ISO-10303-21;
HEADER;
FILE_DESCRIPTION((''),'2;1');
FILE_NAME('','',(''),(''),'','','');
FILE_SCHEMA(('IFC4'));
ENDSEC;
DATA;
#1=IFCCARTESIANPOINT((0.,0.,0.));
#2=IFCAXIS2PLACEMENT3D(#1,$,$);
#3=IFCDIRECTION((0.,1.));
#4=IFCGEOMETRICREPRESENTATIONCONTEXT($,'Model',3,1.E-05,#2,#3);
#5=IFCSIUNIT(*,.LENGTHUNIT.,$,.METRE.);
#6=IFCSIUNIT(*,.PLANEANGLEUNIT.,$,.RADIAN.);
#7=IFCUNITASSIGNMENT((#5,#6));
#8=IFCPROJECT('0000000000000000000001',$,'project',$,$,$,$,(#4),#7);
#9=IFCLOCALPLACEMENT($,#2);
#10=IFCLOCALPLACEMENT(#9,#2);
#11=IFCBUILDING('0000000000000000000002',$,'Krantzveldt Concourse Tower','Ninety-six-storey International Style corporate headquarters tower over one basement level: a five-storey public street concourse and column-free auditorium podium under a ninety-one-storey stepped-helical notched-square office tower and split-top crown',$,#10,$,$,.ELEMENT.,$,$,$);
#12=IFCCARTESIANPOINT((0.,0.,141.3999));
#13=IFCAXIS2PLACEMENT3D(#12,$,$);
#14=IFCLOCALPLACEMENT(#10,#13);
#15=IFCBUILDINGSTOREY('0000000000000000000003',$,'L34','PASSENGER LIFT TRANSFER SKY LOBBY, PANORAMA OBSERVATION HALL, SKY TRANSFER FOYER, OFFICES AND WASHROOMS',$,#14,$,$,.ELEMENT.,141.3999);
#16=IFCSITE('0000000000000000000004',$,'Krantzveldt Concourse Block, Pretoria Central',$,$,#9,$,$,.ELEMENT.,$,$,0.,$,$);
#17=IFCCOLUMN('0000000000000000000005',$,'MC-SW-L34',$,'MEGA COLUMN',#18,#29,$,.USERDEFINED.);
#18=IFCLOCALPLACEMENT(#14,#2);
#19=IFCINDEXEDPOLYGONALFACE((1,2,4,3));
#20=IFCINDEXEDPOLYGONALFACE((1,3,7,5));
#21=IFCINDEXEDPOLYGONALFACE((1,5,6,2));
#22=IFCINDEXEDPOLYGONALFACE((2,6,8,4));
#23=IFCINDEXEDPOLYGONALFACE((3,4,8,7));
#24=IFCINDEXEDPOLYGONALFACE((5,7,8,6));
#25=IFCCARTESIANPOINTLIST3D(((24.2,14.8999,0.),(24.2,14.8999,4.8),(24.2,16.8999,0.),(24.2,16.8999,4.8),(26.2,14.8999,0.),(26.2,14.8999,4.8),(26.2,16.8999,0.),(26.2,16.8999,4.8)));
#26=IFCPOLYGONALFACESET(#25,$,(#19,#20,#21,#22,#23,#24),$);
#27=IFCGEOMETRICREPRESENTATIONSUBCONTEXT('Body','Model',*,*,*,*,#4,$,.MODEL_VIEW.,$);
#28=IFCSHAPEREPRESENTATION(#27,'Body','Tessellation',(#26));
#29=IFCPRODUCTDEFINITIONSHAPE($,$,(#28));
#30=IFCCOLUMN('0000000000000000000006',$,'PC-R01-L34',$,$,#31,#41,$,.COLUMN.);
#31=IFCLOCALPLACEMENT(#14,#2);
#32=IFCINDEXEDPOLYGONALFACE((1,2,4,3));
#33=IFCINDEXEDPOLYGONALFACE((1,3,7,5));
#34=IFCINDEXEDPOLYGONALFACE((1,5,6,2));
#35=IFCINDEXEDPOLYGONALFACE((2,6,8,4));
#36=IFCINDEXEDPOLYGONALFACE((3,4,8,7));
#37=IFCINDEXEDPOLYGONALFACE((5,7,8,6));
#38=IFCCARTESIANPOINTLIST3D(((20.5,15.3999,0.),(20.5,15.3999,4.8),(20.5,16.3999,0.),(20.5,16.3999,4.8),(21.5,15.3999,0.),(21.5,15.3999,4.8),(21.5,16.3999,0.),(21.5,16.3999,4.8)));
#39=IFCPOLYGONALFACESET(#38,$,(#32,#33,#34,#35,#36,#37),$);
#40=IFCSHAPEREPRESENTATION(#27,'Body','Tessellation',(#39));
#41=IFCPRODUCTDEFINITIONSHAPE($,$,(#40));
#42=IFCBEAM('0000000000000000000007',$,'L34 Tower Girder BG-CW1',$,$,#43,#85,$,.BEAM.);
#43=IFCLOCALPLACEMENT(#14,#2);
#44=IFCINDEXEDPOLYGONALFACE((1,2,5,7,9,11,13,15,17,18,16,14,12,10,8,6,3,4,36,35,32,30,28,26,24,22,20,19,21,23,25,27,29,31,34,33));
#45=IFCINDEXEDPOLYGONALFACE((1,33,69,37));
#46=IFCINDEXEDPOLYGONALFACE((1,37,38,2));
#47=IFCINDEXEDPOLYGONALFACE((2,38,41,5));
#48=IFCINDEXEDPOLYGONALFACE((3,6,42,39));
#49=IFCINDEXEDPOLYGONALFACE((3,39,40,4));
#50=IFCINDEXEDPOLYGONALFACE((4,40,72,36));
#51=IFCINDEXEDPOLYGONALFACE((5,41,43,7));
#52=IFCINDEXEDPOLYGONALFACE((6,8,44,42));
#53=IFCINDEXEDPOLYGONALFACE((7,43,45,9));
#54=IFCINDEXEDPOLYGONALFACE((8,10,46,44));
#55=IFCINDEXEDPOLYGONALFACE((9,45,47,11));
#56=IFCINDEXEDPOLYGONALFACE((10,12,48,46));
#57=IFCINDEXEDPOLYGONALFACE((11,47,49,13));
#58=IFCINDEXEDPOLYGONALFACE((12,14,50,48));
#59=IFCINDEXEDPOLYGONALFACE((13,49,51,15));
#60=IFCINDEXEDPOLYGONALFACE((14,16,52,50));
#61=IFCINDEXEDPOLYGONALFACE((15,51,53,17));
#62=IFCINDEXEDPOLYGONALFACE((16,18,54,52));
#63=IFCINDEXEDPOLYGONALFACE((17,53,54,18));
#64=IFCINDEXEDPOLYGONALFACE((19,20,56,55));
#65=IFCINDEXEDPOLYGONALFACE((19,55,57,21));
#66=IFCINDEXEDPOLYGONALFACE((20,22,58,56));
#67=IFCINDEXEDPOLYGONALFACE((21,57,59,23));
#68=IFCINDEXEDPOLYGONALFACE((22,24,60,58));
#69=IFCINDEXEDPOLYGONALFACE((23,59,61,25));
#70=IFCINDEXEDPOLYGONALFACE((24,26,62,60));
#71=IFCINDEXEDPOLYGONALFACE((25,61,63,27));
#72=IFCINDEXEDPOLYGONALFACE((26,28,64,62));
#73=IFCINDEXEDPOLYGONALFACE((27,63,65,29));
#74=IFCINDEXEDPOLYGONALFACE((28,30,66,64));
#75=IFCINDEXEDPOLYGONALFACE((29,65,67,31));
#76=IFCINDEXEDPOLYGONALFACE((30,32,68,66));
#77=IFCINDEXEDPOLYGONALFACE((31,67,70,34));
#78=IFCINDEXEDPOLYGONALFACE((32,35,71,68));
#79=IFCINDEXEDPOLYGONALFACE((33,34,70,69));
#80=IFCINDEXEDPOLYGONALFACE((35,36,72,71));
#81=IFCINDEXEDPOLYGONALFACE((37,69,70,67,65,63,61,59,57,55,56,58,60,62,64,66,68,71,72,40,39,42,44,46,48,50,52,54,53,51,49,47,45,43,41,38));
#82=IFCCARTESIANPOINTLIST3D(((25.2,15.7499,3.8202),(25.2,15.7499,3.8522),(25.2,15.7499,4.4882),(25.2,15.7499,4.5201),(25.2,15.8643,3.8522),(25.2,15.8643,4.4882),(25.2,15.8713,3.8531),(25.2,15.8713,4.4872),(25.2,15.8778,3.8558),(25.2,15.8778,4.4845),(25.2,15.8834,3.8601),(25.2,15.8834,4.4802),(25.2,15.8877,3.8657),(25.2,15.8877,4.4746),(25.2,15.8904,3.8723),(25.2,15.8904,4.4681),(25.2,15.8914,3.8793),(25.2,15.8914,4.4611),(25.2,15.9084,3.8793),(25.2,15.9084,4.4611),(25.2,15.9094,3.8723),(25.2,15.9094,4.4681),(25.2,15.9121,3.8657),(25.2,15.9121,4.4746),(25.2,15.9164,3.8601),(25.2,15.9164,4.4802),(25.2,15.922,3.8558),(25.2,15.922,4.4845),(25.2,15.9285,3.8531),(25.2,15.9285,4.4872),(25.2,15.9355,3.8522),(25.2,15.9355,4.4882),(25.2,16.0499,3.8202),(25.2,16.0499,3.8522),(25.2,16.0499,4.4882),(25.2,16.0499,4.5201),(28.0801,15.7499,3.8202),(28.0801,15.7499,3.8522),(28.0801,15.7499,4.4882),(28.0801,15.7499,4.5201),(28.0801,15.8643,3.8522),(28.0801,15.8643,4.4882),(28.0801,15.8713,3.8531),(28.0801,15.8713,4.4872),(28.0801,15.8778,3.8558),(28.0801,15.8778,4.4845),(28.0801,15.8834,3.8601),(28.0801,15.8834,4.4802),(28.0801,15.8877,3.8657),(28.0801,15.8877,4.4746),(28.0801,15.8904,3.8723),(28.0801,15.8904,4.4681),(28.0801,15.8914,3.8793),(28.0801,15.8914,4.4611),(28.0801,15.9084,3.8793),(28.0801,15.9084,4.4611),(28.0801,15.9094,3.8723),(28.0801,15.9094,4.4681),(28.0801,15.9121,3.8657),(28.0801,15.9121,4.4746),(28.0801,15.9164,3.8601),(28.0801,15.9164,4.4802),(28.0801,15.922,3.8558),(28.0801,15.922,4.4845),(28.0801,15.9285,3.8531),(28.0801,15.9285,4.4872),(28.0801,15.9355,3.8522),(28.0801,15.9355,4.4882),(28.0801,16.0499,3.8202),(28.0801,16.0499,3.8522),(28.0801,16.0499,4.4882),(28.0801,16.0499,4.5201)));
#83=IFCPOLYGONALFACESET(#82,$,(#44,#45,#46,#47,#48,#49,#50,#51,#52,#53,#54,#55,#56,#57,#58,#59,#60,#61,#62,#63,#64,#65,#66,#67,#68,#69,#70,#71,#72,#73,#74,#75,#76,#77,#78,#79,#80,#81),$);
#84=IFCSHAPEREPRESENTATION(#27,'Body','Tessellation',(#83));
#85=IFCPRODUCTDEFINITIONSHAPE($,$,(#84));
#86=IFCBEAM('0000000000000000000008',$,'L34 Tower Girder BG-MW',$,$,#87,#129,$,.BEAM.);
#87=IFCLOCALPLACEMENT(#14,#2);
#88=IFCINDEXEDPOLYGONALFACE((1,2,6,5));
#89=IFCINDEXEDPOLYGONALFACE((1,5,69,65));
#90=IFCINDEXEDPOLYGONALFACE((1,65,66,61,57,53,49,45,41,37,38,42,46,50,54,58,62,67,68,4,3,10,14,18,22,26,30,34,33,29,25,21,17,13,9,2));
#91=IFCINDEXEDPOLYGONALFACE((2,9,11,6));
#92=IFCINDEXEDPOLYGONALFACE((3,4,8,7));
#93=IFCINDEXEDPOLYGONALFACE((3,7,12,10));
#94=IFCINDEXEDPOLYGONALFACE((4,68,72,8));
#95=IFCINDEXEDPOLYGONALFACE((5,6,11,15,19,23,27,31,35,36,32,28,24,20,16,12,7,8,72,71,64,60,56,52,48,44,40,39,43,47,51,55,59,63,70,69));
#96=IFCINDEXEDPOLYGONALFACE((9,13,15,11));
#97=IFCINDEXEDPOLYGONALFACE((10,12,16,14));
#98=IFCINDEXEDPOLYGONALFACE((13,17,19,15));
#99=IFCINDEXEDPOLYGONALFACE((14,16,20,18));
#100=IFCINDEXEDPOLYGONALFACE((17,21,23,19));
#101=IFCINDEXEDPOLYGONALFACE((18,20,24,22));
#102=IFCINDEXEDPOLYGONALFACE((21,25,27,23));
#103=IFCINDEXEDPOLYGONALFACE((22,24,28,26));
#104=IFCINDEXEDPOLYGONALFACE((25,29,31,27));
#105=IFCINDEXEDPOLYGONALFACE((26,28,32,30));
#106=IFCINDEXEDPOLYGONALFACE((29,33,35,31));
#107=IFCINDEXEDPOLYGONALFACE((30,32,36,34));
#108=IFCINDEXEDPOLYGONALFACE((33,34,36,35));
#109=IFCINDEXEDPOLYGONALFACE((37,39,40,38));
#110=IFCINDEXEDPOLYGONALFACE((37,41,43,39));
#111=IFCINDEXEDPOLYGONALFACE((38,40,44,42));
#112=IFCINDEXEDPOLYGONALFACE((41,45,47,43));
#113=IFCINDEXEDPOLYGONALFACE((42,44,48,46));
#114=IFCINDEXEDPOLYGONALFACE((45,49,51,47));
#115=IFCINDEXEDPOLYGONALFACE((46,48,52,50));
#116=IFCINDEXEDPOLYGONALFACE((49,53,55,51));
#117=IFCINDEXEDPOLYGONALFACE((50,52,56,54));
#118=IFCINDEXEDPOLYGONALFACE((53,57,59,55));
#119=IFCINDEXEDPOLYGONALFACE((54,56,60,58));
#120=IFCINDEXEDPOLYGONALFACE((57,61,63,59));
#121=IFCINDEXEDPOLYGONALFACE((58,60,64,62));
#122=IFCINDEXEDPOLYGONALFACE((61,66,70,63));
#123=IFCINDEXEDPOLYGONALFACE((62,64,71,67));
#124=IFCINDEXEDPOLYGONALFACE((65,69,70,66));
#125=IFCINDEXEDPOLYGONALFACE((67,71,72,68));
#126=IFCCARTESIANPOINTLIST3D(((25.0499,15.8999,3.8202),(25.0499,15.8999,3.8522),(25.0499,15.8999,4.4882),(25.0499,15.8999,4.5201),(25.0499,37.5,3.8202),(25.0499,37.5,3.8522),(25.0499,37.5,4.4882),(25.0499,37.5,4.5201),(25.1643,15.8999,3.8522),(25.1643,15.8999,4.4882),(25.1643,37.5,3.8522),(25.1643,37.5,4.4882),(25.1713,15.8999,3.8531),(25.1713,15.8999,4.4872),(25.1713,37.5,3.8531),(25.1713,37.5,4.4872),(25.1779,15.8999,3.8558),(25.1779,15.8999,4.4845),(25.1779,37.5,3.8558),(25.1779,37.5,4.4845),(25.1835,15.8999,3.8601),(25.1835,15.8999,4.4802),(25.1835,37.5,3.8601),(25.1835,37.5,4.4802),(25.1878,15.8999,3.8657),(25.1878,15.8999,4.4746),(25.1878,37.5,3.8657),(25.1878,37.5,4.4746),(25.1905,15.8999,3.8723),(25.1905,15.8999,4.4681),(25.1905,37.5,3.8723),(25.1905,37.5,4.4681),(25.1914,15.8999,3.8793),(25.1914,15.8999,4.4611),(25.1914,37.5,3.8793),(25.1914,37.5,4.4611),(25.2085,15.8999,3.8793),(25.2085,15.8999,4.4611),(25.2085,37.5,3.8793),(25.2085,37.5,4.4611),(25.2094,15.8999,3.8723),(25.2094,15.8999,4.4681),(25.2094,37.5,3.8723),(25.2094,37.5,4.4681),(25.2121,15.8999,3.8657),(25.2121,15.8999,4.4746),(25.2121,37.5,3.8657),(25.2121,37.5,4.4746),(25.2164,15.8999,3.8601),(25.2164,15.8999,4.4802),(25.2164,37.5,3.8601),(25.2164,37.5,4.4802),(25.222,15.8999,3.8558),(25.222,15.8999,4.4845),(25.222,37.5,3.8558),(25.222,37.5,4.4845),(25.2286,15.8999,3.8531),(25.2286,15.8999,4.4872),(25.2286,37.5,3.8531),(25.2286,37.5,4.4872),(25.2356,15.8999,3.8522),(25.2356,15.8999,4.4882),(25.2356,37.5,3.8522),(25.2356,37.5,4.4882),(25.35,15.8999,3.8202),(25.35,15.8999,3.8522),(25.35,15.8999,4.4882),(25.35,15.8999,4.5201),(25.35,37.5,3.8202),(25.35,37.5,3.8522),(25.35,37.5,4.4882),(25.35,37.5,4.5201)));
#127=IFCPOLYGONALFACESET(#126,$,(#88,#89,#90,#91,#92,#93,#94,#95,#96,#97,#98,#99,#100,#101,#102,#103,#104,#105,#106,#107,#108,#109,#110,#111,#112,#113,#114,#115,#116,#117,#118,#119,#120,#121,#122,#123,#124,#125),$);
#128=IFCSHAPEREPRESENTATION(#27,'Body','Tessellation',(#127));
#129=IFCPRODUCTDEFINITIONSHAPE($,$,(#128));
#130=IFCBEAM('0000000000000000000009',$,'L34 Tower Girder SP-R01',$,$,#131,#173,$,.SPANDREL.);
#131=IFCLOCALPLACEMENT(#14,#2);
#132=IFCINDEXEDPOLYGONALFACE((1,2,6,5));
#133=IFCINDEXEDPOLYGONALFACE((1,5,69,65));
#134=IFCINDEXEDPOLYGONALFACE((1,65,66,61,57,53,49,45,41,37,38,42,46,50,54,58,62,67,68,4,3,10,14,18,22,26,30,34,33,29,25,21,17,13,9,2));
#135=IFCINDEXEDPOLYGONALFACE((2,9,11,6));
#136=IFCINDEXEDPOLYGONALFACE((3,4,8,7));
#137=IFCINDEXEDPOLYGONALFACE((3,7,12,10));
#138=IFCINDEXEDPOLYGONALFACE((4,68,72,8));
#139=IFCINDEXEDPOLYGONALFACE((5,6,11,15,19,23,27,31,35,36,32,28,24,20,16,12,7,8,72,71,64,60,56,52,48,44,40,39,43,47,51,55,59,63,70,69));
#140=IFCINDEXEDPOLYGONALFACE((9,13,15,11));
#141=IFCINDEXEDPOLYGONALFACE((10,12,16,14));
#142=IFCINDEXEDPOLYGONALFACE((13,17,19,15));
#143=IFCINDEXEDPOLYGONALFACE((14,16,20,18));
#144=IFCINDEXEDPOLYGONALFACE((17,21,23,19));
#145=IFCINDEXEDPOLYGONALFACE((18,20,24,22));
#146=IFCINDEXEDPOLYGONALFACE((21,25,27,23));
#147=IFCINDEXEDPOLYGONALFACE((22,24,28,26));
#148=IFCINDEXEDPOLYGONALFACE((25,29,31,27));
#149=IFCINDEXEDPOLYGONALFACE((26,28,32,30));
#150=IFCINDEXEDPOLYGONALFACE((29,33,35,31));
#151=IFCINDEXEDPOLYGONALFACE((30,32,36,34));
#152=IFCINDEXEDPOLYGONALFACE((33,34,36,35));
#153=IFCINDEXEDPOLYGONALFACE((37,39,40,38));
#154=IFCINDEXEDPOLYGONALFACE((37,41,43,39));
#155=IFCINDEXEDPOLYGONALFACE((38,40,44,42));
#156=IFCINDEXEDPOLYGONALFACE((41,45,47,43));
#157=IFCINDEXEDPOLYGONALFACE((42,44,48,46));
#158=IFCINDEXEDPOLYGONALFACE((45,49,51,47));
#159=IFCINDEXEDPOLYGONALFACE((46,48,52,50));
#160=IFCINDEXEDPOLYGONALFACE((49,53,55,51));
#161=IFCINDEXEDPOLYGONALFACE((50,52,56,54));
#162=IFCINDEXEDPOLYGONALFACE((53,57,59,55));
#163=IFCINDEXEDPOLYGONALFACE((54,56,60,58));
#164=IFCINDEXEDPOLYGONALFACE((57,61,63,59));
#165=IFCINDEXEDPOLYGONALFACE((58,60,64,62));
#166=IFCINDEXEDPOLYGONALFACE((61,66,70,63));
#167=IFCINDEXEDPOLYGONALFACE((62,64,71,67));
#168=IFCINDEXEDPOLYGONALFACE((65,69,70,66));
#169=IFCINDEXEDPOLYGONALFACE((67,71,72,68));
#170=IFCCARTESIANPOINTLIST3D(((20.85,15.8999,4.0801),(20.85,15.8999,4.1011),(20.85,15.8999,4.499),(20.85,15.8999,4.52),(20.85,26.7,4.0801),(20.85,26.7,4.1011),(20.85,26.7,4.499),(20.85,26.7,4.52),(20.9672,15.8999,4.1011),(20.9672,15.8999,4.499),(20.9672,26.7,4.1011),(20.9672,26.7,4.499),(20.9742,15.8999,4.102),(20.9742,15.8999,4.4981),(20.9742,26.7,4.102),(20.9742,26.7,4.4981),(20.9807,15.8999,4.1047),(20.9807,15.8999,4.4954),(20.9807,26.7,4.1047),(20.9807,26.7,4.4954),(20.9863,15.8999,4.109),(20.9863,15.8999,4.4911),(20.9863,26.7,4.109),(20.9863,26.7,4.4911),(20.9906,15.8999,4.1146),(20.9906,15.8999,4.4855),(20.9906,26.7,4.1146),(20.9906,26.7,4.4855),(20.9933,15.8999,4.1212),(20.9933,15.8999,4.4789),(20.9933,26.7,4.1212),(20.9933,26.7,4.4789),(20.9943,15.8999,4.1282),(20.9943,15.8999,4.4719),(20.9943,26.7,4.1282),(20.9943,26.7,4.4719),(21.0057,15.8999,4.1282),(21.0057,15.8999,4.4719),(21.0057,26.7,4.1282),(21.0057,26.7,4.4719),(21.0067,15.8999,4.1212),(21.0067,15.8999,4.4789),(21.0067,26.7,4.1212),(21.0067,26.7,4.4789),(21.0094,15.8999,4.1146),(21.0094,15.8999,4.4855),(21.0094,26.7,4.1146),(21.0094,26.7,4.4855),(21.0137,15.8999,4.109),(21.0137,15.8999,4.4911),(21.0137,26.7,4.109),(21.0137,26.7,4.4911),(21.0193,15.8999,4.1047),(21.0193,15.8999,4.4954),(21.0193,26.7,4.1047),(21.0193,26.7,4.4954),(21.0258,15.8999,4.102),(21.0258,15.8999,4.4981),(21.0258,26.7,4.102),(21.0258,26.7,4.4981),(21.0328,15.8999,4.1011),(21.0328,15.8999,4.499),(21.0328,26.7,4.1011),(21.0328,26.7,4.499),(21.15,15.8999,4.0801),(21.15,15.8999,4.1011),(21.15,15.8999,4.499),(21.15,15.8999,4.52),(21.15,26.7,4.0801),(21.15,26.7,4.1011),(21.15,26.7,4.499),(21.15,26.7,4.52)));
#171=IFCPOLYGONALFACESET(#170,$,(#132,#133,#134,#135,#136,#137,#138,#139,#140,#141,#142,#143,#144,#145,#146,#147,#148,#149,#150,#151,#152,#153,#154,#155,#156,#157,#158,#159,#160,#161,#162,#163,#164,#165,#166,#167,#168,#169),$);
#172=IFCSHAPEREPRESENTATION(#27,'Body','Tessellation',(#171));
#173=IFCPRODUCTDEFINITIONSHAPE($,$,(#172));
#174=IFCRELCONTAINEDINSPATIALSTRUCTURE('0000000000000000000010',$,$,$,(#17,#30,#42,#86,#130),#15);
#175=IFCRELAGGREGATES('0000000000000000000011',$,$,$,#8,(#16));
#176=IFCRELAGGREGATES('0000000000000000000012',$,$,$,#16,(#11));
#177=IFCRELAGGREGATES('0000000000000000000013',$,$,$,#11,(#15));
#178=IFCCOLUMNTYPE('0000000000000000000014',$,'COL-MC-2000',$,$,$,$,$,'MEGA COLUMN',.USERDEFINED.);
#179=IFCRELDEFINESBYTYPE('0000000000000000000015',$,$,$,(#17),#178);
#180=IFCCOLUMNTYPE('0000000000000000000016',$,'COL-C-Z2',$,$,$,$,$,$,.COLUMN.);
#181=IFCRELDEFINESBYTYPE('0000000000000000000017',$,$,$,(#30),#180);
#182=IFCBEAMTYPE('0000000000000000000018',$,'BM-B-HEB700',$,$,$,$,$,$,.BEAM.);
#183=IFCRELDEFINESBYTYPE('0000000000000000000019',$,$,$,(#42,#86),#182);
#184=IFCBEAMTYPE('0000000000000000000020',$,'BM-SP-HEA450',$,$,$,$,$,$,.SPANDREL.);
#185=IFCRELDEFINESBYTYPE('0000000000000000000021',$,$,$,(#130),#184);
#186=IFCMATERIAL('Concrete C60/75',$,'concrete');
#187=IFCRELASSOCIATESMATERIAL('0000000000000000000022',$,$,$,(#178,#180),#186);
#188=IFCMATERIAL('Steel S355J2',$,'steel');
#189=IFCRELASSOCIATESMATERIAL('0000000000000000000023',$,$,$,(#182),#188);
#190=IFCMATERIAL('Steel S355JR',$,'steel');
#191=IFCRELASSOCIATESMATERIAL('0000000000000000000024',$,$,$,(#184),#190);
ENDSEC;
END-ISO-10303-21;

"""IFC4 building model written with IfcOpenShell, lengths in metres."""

from ifc_helpers import new_model, si_unit, direction, frame, origin, origin_2d, place, context, subcontext, project, spatial, rectangle, i_section, extrude, source, transform, mapped, material, material_profile, profile_set, type_object, type_shapes, element, save


model = new_model("IFC4")

# Units and contexts
model_context = context("Model", 3, precision=1e-05, world=origin(), true_north=direction((0.0, 1.0)))
body_context = subcontext(model_context, "Body", "Model", "MODEL_VIEW")
ifc_project = project(units=[si_unit("LENGTHUNIT", "METRE"), si_unit("PLANEANGLEUNIT", "RADIAN")], contexts=[model_context])

# Site, building, storey
site_placement = place(None, origin())
site = spatial("IfcSite", under=ifc_project, at=site_placement, Name="Krantzveldt Concourse Block, Pretoria Central", CompositionType="ELEMENT", RefElevation=0.0)
building_placement = place(site_placement, origin())
building = spatial("IfcBuilding", under=site, at=building_placement, Name="Krantzveldt Concourse Tower", Description="Ninety-six-storey International Style corporate headquarters tower over one basement level: a five-storey public street concourse and column-free auditorium podium under a ninety-one-storey stepped-helical notched-square office tower and split-top crown", CompositionType="ELEMENT")
storey_placement = place(building_placement, frame((0.0, 0.0, 141.3999)))
storey = spatial("IfcBuildingStorey", under=building, at=storey_placement, Name="L34", Description="PASSENGER LIFT TRANSFER SKY LOBBY, PANORAMA OBSERVATION HALL, SKY TRANSFER FOYER, OFFICES AND WASHROOMS", CompositionType="ELEMENT", Elevation=141.3999)

# Columns
ifc_material_1 = material(Name="Concrete C60/75", Category="concrete")
ifc_material_profile_1 = material_profile(ifc_material_1, rectangle(XDim=2.0, YDim=2.0, at=origin_2d()), Name="Concrete C60/75", Category="concrete")
ifc_profile_set_1 = profile_set([ifc_material_profile_1], Name="Concrete C60/75 - RC 2000x2000")
column_type_1 = type_object("IfcColumnType", Name="COL-MC-2000", ElementType="MEGA COLUMN", PredefinedType="USERDEFINED", material=ifc_profile_set_1)
shared_shape_1 = source(origin(), body_context, "Body", "SweptSolid", [
    extrude(rectangle(XDim=2.0, YDim=2.0, at=origin_2d()), origin(), (0.0, 0.0, 1.0), 4.8),
])
type_shapes(column_type_1, [shared_shape_1])
column_1_placement = place(storey_placement, frame((25.2, 15.8999, 0.0), z_axis=(0.0, 0.0, 1.0), x_axis=(1.0, 0.0, 0.0)))
element("IfcColumn", 1, at=column_1_placement, inside=storey, type_object=column_type_1, Name="MC-SW-L34", ObjectType="MEGA COLUMN", PredefinedType="USERDEFINED", context=body_context, shape_type="MappedRepresentation", body=[
    mapped(shared_shape_1, transform((0.0, 0.0, 0.0), x_axis=(1.0, 0.0, 0.0), y_axis=(0.0, 1.0, 0.0), z_axis=(0.0, 0.0, 1.0), scale=1.0)),
])
ifc_material_profile_2 = material_profile(ifc_material_1, rectangle(XDim=1.0, YDim=1.0, at=origin_2d()), Name="Concrete C60/75", Category="concrete")
ifc_profile_set_2 = profile_set([ifc_material_profile_2], Name="Concrete C60/75 - RC 1000x1000")
column_type_2 = type_object("IfcColumnType", Name="COL-C-Z2", PredefinedType="COLUMN", material=ifc_profile_set_2)
shared_shape_2 = source(origin(), body_context, "Body", "SweptSolid", [
    extrude(rectangle(XDim=1.0, YDim=1.0, at=origin_2d()), origin(), (0.0, 0.0, 1.0), 4.8),
])
type_shapes(column_type_2, [shared_shape_2])
column_2_placement = place(storey_placement, frame((21.0, 15.8999, 0.0), z_axis=(0.0, 0.0, 1.0), x_axis=(1.0, 0.0, 0.0)))
element("IfcColumn", 2, at=column_2_placement, inside=storey, type_object=column_type_2, Name="PC-R01-L34", PredefinedType="COLUMN", context=body_context, shape_type="MappedRepresentation", body=[
    mapped(shared_shape_2, transform((0.0, 0.0, 0.0), x_axis=(1.0, 0.0, 0.0), y_axis=(0.0, 1.0, 0.0), z_axis=(0.0, 0.0, 1.0), scale=1.0)),
])

# Beams
ifc_material_2 = material(Name="Steel S355J2", Category="steel")
ifc_material_profile_3 = material_profile(ifc_material_2, i_section(OverallWidth=0.3, OverallDepth=0.7, WebThickness=0.0171, FlangeThickness=0.032, FilletRadius=0.0271, at=origin_2d()), Name="Steel S355J2", Category="steel")
ifc_profile_set_3 = profile_set([ifc_material_profile_3], Name="Steel S355J2 - HEB 700")
beam_type_1 = type_object("IfcBeamType", Name="BM-B-HEB700", PredefinedType="BEAM", material=ifc_profile_set_3)
shared_shape_3 = source(origin(), body_context, "Body", "SweptSolid", [
    extrude(i_section(OverallWidth=0.3, OverallDepth=0.7, WebThickness=0.0171, FlangeThickness=0.032, FilletRadius=0.0271, at=origin_2d()), origin(), (0.0, 0.0, 1.0), 2.8801),
])
beam_1_placement = place(storey_placement, frame((25.2, 15.8999, 4.1702), z_axis=(1.0, 0.0, 0.0), x_axis=(0.0, 1.0, 0.0)))
element("IfcBeam", 3, at=beam_1_placement, inside=storey, type_object=beam_type_1, Name="L34 Tower Girder BG-CW1", PredefinedType="BEAM", context=body_context, shape_type="MappedRepresentation", body=[
    mapped(shared_shape_3, transform((0.0, 0.0, 0.0), x_axis=(1.0, 0.0, 0.0), y_axis=(0.0, 1.0, 0.0), z_axis=(0.0, 0.0, 1.0), scale=1.0)),
])
shared_shape_4 = source(origin(), body_context, "Body", "SweptSolid", [
    extrude(i_section(OverallWidth=0.3, OverallDepth=0.7, WebThickness=0.0171, FlangeThickness=0.032, FilletRadius=0.0271, at=origin_2d()), origin(), (0.0, 0.0, 1.0), 21.6001),
])
type_shapes(beam_type_1, [shared_shape_3, shared_shape_4])
beam_2_placement = place(storey_placement, frame((25.2, 15.8999, 4.1702), z_axis=(0.0, 1.0, 0.0), x_axis=(-1.0, 0.0, 0.0)))
element("IfcBeam", 4, at=beam_2_placement, inside=storey, type_object=beam_type_1, Name="L34 Tower Girder BG-MW", PredefinedType="BEAM", context=body_context, shape_type="MappedRepresentation", body=[
    mapped(shared_shape_4, transform((0.0, 0.0, 0.0), x_axis=(1.0, 0.0, 0.0), y_axis=(0.0, 1.0, 0.0), z_axis=(0.0, 0.0, 1.0), scale=1.0)),
])
ifc_material_3 = material(Name="Steel S355JR", Category="steel")
ifc_material_profile_4 = material_profile(ifc_material_3, i_section(OverallWidth=0.3, OverallDepth=0.4399, WebThickness=0.0115, FlangeThickness=0.021, FilletRadius=0.0271, at=origin_2d()), Name="Steel S355JR", Category="steel")
ifc_profile_set_4 = profile_set([ifc_material_profile_4], Name="Steel S355JR - HEA 450")
beam_type_2 = type_object("IfcBeamType", Name="BM-SP-HEA450", PredefinedType="SPANDREL", material=ifc_profile_set_4)
shared_shape_5 = source(origin(), body_context, "Body", "SweptSolid", [
    extrude(i_section(OverallWidth=0.3, OverallDepth=0.4399, WebThickness=0.0115, FlangeThickness=0.021, FilletRadius=0.0271, at=origin_2d()), origin(), (0.0, 0.0, 1.0), 10.8),
])
type_shapes(beam_type_2, [shared_shape_5])
beam_3_placement = place(storey_placement, frame((21.0, 15.8999, 4.3), z_axis=(0.0, 1.0, 0.0), x_axis=(-1.0, 0.0, 0.0)))
element("IfcBeam", 5, at=beam_3_placement, inside=storey, type_object=beam_type_2, Name="L34 Tower Girder SP-R01", PredefinedType="SPANDREL", context=body_context, shape_type="MappedRepresentation", body=[
    mapped(shared_shape_5, transform((0.0, 0.0, 0.0), x_axis=(1.0, 0.0, 0.0), y_axis=(0.0, 1.0, 0.0), z_axis=(0.0, 0.0, 1.0), scale=1.0)),
])

save(model, "model.ifc")
